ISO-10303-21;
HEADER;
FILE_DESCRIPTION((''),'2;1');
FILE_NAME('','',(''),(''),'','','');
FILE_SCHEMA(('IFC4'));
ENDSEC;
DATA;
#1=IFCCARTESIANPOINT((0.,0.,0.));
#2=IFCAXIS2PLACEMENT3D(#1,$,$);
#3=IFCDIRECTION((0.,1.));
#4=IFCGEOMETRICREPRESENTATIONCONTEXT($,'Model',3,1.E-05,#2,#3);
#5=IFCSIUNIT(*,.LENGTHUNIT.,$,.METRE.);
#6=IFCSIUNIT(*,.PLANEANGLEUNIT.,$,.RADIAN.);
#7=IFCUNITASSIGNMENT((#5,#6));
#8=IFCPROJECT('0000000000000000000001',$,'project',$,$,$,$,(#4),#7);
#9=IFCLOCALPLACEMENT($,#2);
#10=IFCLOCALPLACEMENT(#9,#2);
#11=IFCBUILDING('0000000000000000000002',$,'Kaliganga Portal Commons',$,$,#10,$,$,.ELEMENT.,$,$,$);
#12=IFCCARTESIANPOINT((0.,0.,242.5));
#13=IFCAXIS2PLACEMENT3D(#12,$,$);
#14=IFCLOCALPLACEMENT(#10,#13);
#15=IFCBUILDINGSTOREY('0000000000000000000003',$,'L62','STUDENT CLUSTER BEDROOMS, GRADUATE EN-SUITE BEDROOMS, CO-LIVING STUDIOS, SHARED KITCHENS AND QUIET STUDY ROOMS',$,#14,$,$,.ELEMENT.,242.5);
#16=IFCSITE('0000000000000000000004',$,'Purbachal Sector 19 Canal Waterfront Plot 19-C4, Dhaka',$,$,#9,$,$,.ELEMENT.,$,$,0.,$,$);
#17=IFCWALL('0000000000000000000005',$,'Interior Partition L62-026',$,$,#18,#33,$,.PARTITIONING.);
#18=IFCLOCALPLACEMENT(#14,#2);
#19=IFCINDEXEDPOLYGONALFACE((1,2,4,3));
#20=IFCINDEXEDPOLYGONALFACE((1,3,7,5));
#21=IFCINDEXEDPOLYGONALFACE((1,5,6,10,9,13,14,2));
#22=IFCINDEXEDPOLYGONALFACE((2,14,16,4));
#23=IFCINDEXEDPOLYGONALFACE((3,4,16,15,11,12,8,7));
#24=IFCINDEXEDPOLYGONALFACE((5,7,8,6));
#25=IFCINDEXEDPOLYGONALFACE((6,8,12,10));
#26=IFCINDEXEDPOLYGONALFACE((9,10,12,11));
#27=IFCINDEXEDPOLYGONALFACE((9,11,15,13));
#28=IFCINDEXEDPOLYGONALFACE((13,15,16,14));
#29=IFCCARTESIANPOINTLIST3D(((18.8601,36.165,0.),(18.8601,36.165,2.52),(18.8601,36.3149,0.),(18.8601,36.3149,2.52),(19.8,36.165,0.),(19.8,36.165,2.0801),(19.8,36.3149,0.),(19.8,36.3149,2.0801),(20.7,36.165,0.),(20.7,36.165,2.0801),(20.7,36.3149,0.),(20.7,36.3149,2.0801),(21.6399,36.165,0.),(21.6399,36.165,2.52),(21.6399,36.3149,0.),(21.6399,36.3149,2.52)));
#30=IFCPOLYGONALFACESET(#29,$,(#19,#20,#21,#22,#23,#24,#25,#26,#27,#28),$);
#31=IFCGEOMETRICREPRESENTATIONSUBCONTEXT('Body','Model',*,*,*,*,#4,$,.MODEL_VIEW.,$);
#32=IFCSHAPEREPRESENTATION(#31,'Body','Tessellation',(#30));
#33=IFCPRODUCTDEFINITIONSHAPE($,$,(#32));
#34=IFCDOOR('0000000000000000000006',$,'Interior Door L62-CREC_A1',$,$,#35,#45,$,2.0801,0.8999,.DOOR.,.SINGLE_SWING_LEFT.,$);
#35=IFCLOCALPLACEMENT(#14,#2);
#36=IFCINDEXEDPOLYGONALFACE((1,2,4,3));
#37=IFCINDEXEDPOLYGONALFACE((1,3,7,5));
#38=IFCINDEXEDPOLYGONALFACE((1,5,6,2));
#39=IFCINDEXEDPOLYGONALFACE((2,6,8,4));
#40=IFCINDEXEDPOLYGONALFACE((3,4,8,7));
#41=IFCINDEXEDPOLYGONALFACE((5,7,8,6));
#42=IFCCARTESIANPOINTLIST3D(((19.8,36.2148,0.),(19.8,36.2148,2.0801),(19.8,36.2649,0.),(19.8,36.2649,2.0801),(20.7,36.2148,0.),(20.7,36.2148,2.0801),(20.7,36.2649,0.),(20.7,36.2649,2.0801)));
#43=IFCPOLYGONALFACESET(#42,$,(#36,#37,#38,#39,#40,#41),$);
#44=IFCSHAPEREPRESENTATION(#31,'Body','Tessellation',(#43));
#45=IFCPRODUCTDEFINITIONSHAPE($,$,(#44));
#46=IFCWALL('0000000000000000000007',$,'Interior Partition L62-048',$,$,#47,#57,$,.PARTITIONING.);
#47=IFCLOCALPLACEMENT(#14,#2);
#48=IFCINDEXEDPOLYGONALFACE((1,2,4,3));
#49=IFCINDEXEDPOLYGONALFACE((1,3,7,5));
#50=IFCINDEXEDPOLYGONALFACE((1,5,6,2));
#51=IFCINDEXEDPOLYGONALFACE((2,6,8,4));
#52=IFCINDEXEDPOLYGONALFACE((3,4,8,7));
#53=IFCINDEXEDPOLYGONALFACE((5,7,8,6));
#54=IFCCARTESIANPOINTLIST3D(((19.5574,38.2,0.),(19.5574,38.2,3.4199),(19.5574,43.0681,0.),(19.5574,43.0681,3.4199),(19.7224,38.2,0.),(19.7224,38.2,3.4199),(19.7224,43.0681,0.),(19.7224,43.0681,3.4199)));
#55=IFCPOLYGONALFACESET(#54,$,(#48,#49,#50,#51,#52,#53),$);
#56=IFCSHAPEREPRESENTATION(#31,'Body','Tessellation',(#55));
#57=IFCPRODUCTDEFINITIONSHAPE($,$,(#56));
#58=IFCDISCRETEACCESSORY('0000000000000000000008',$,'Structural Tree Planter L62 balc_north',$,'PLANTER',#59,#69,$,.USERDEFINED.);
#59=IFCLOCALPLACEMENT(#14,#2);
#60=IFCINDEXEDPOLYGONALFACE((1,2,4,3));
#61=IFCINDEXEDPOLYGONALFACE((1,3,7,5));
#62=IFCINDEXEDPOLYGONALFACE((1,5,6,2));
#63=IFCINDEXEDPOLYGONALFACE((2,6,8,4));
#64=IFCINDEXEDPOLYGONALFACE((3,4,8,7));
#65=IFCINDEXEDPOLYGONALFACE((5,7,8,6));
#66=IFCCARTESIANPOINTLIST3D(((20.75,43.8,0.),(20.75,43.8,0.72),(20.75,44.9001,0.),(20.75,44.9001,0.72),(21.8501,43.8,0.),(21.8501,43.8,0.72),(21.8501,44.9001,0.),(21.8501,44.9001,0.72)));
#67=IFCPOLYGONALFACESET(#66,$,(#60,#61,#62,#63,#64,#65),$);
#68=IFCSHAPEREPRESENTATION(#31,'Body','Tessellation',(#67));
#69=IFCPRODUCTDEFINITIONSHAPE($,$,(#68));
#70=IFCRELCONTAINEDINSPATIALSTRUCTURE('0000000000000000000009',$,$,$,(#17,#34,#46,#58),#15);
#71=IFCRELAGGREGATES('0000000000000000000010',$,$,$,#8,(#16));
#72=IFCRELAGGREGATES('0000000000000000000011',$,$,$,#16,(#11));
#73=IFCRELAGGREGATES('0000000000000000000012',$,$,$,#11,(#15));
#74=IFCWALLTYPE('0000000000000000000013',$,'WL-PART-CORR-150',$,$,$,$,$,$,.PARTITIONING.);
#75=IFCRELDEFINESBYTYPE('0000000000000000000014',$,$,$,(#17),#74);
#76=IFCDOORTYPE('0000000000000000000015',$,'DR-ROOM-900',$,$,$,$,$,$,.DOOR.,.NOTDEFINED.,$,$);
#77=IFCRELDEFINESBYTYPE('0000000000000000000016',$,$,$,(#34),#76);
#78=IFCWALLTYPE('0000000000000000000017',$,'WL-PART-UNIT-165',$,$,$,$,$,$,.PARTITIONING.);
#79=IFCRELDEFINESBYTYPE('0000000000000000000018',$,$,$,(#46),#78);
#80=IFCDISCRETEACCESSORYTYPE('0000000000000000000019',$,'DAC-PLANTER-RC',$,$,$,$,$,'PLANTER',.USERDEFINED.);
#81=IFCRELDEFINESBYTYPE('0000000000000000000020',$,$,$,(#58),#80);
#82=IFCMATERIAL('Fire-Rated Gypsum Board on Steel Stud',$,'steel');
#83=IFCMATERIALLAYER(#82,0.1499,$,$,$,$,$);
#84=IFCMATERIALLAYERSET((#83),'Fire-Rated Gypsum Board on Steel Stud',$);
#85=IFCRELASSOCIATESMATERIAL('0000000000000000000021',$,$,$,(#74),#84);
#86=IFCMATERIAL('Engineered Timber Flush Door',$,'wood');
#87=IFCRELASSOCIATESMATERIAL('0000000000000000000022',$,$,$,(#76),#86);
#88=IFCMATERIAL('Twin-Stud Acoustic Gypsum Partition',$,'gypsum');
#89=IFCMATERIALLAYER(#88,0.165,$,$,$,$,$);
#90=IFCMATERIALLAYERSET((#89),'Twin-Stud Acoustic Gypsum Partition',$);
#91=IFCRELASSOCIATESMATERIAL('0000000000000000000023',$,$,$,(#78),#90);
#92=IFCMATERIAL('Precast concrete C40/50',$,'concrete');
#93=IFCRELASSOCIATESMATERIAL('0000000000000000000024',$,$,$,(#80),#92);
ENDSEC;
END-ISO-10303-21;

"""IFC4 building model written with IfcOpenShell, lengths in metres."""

from ifc_helpers import new_model, si_unit, direction, frame, frame_2d, origin, origin_2d, place, context, subcontext, project, spatial, rectangle, extrude, source, transform, mapped, material, layer, layer_set, type_object, element, fill, save


model = new_model("IFC4")

# Units and contexts
model_context = context("Model", 3, precision=1e-05, world=origin(), true_north=direction((0.0, 1.0)))
body_context = subcontext(model_context, "Body", "Model", "MODEL_VIEW")
ifc_project = project(units=[si_unit("LENGTHUNIT", "METRE"), si_unit("PLANEANGLEUNIT", "RADIAN")], contexts=[model_context])

# Site, building, storey
site_placement = place(None, origin())
site = spatial("IfcSite", under=ifc_project, at=site_placement, Name="Purbachal Sector 19 Canal Waterfront Plot 19-C4, Dhaka", CompositionType="ELEMENT", RefElevation=0.0)
building_placement = place(site_placement, origin())
building = spatial("IfcBuilding", under=site, at=building_placement, Name="Kaliganga Portal Commons", CompositionType="ELEMENT")
storey_placement = place(building_placement, frame((0.0, 0.0, 242.5)))
storey = spatial("IfcBuildingStorey", under=building, at=storey_placement, Name="L62", Description="STUDENT CLUSTER BEDROOMS, GRADUATE EN-SUITE BEDROOMS, CO-LIVING STUDIOS, SHARED KITCHENS AND QUIET STUDY ROOMS", CompositionType="ELEMENT", Elevation=242.5)

# Wall, opening, door
ifc_material_1 = material(Name="Fire-Rated Gypsum Board on Steel Stud", Category="steel")
ifc_layer_1 = layer(ifc_material_1, 0.1499)
ifc_layer_set_1 = layer_set([ifc_layer_1], Name="Fire-Rated Gypsum Board on Steel Stud")
wall_type_1 = type_object("IfcWallType", Name="WL-PART-CORR-150", PredefinedType="PARTITIONING", material=ifc_layer_set_1)
wall_1_placement = place(storey_placement, frame((18.8601, 36.24, 0.0), z_axis=(0.0, 0.0, 1.0), x_axis=(1.0, 0.0, 0.0)))
wall_1 = element("IfcWall", 1, at=wall_1_placement, inside=storey, type_object=wall_type_1, Name="Interior Partition L62-026", PredefinedType="PARTITIONING", context=body_context, shape_type="SweptSolid", body=[
    extrude(rectangle(XDim=2.7798, YDim=0.1499, at=frame_2d((1.3899, 0.0))), origin(), (0.0, 0.0, 1.0), 2.52),
])
opening_1_placement = place(wall_1_placement, frame((0.9399, 0.0, 0.0)))
opening_1 = element("IfcOpeningElement", 2, at=opening_1_placement, cuts=wall_1, PredefinedType="OPENING", context=body_context, shape_type="SweptSolid", body=[
    extrude(rectangle(XDim=0.8999, YDim=2.0801, at=frame_2d((0.45, 1.04))), frame((0.0, 0.085, 0.0), z_axis=(0.0, -1.0, 0.0), x_axis=(1.0, 0.0, 0.0)), (0.0, 0.0, 1.0), 0.1699),
])
ifc_material_2 = material(Name="Engineered Timber Flush Door", Category="wood")
door_type_1 = type_object("IfcDoorType", Name="DR-ROOM-900", OperationType="NOTDEFINED", PredefinedType="DOOR", material=ifc_material_2)
door_1_placement = place(opening_1_placement, origin())
door_1 = element("IfcDoor", 3, at=door_1_placement, inside=storey, type_object=door_type_1, Name="Interior Door L62-CREC_A1", OperationType="SINGLE_SWING_LEFT", OverallHeight=2.0801, OverallWidth=0.8999, PredefinedType="DOOR", context=body_context, shape_type="SweptSolid", body=[
    extrude(rectangle(XDim=0.8999, YDim=2.0801, at=frame_2d((0.45, 1.04))), frame((0.0, 0.0249, 0.0), z_axis=(0.0, -1.0, 0.0), x_axis=(1.0, 0.0, 0.0)), (0.0, 0.0, 1.0), 0.05),
])
fill(opening_1, door_1)

# Wall
ifc_material_3 = material(Name="Twin-Stud Acoustic Gypsum Partition", Category="gypsum")
ifc_layer_2 = layer(ifc_material_3, 0.165)
ifc_layer_set_2 = layer_set([ifc_layer_2], Name="Twin-Stud Acoustic Gypsum Partition")
wall_type_2 = type_object("IfcWallType", Name="WL-PART-UNIT-165", PredefinedType="PARTITIONING", material=ifc_layer_set_2)
wall_2_placement = place(storey_placement, frame((19.6399, 38.2, 0.0), z_axis=(0.0, 0.0, 1.0), x_axis=(0.0, 1.0, 0.0)))
element("IfcWall", 4, at=wall_2_placement, inside=storey, type_object=wall_type_2, Name="Interior Partition L62-048", PredefinedType="PARTITIONING", context=body_context, shape_type="SweptSolid", body=[
    extrude(rectangle(XDim=4.8682, YDim=0.165, at=frame_2d((2.4341, 0.0))), origin(), (0.0, 0.0, 1.0), 3.4199),
])

# Discrete accessory
ifc_material_4 = material(Name="Precast concrete C40/50", Category="concrete")
discrete_accessory_type = type_object("IfcDiscreteAccessoryType", Name="DAC-PLANTER-RC", ElementType="PLANTER", PredefinedType="USERDEFINED", material=ifc_material_4)
shared_shape_1 = source(origin(), body_context, "Body", "SweptSolid", [
    extrude(rectangle(XDim=1.1001, YDim=1.1001, at=origin_2d()), origin(), (0.0, 0.0, 1.0), 0.72),
])
discrete_accessory_placement = place(storey_placement, frame((21.3, 44.3501, 0.0), z_axis=(0.0, 0.0, 1.0), x_axis=(1.0, 0.0, 0.0)))
element("IfcDiscreteAccessory", 5, at=discrete_accessory_placement, inside=storey, type_object=discrete_accessory_type, Name="Structural Tree Planter L62 balc_north", ObjectType="PLANTER", PredefinedType="USERDEFINED", context=body_context, shape_type="MappedRepresentation", body=[
    mapped(shared_shape_1, transform((0.0, 0.0, 0.0), x_axis=(1.0, 0.0, 0.0), y_axis=(0.0, 1.0, 0.0), z_axis=(0.0, 0.0, 1.0), scale=1.0)),
])

save(model, "model.ifc")
